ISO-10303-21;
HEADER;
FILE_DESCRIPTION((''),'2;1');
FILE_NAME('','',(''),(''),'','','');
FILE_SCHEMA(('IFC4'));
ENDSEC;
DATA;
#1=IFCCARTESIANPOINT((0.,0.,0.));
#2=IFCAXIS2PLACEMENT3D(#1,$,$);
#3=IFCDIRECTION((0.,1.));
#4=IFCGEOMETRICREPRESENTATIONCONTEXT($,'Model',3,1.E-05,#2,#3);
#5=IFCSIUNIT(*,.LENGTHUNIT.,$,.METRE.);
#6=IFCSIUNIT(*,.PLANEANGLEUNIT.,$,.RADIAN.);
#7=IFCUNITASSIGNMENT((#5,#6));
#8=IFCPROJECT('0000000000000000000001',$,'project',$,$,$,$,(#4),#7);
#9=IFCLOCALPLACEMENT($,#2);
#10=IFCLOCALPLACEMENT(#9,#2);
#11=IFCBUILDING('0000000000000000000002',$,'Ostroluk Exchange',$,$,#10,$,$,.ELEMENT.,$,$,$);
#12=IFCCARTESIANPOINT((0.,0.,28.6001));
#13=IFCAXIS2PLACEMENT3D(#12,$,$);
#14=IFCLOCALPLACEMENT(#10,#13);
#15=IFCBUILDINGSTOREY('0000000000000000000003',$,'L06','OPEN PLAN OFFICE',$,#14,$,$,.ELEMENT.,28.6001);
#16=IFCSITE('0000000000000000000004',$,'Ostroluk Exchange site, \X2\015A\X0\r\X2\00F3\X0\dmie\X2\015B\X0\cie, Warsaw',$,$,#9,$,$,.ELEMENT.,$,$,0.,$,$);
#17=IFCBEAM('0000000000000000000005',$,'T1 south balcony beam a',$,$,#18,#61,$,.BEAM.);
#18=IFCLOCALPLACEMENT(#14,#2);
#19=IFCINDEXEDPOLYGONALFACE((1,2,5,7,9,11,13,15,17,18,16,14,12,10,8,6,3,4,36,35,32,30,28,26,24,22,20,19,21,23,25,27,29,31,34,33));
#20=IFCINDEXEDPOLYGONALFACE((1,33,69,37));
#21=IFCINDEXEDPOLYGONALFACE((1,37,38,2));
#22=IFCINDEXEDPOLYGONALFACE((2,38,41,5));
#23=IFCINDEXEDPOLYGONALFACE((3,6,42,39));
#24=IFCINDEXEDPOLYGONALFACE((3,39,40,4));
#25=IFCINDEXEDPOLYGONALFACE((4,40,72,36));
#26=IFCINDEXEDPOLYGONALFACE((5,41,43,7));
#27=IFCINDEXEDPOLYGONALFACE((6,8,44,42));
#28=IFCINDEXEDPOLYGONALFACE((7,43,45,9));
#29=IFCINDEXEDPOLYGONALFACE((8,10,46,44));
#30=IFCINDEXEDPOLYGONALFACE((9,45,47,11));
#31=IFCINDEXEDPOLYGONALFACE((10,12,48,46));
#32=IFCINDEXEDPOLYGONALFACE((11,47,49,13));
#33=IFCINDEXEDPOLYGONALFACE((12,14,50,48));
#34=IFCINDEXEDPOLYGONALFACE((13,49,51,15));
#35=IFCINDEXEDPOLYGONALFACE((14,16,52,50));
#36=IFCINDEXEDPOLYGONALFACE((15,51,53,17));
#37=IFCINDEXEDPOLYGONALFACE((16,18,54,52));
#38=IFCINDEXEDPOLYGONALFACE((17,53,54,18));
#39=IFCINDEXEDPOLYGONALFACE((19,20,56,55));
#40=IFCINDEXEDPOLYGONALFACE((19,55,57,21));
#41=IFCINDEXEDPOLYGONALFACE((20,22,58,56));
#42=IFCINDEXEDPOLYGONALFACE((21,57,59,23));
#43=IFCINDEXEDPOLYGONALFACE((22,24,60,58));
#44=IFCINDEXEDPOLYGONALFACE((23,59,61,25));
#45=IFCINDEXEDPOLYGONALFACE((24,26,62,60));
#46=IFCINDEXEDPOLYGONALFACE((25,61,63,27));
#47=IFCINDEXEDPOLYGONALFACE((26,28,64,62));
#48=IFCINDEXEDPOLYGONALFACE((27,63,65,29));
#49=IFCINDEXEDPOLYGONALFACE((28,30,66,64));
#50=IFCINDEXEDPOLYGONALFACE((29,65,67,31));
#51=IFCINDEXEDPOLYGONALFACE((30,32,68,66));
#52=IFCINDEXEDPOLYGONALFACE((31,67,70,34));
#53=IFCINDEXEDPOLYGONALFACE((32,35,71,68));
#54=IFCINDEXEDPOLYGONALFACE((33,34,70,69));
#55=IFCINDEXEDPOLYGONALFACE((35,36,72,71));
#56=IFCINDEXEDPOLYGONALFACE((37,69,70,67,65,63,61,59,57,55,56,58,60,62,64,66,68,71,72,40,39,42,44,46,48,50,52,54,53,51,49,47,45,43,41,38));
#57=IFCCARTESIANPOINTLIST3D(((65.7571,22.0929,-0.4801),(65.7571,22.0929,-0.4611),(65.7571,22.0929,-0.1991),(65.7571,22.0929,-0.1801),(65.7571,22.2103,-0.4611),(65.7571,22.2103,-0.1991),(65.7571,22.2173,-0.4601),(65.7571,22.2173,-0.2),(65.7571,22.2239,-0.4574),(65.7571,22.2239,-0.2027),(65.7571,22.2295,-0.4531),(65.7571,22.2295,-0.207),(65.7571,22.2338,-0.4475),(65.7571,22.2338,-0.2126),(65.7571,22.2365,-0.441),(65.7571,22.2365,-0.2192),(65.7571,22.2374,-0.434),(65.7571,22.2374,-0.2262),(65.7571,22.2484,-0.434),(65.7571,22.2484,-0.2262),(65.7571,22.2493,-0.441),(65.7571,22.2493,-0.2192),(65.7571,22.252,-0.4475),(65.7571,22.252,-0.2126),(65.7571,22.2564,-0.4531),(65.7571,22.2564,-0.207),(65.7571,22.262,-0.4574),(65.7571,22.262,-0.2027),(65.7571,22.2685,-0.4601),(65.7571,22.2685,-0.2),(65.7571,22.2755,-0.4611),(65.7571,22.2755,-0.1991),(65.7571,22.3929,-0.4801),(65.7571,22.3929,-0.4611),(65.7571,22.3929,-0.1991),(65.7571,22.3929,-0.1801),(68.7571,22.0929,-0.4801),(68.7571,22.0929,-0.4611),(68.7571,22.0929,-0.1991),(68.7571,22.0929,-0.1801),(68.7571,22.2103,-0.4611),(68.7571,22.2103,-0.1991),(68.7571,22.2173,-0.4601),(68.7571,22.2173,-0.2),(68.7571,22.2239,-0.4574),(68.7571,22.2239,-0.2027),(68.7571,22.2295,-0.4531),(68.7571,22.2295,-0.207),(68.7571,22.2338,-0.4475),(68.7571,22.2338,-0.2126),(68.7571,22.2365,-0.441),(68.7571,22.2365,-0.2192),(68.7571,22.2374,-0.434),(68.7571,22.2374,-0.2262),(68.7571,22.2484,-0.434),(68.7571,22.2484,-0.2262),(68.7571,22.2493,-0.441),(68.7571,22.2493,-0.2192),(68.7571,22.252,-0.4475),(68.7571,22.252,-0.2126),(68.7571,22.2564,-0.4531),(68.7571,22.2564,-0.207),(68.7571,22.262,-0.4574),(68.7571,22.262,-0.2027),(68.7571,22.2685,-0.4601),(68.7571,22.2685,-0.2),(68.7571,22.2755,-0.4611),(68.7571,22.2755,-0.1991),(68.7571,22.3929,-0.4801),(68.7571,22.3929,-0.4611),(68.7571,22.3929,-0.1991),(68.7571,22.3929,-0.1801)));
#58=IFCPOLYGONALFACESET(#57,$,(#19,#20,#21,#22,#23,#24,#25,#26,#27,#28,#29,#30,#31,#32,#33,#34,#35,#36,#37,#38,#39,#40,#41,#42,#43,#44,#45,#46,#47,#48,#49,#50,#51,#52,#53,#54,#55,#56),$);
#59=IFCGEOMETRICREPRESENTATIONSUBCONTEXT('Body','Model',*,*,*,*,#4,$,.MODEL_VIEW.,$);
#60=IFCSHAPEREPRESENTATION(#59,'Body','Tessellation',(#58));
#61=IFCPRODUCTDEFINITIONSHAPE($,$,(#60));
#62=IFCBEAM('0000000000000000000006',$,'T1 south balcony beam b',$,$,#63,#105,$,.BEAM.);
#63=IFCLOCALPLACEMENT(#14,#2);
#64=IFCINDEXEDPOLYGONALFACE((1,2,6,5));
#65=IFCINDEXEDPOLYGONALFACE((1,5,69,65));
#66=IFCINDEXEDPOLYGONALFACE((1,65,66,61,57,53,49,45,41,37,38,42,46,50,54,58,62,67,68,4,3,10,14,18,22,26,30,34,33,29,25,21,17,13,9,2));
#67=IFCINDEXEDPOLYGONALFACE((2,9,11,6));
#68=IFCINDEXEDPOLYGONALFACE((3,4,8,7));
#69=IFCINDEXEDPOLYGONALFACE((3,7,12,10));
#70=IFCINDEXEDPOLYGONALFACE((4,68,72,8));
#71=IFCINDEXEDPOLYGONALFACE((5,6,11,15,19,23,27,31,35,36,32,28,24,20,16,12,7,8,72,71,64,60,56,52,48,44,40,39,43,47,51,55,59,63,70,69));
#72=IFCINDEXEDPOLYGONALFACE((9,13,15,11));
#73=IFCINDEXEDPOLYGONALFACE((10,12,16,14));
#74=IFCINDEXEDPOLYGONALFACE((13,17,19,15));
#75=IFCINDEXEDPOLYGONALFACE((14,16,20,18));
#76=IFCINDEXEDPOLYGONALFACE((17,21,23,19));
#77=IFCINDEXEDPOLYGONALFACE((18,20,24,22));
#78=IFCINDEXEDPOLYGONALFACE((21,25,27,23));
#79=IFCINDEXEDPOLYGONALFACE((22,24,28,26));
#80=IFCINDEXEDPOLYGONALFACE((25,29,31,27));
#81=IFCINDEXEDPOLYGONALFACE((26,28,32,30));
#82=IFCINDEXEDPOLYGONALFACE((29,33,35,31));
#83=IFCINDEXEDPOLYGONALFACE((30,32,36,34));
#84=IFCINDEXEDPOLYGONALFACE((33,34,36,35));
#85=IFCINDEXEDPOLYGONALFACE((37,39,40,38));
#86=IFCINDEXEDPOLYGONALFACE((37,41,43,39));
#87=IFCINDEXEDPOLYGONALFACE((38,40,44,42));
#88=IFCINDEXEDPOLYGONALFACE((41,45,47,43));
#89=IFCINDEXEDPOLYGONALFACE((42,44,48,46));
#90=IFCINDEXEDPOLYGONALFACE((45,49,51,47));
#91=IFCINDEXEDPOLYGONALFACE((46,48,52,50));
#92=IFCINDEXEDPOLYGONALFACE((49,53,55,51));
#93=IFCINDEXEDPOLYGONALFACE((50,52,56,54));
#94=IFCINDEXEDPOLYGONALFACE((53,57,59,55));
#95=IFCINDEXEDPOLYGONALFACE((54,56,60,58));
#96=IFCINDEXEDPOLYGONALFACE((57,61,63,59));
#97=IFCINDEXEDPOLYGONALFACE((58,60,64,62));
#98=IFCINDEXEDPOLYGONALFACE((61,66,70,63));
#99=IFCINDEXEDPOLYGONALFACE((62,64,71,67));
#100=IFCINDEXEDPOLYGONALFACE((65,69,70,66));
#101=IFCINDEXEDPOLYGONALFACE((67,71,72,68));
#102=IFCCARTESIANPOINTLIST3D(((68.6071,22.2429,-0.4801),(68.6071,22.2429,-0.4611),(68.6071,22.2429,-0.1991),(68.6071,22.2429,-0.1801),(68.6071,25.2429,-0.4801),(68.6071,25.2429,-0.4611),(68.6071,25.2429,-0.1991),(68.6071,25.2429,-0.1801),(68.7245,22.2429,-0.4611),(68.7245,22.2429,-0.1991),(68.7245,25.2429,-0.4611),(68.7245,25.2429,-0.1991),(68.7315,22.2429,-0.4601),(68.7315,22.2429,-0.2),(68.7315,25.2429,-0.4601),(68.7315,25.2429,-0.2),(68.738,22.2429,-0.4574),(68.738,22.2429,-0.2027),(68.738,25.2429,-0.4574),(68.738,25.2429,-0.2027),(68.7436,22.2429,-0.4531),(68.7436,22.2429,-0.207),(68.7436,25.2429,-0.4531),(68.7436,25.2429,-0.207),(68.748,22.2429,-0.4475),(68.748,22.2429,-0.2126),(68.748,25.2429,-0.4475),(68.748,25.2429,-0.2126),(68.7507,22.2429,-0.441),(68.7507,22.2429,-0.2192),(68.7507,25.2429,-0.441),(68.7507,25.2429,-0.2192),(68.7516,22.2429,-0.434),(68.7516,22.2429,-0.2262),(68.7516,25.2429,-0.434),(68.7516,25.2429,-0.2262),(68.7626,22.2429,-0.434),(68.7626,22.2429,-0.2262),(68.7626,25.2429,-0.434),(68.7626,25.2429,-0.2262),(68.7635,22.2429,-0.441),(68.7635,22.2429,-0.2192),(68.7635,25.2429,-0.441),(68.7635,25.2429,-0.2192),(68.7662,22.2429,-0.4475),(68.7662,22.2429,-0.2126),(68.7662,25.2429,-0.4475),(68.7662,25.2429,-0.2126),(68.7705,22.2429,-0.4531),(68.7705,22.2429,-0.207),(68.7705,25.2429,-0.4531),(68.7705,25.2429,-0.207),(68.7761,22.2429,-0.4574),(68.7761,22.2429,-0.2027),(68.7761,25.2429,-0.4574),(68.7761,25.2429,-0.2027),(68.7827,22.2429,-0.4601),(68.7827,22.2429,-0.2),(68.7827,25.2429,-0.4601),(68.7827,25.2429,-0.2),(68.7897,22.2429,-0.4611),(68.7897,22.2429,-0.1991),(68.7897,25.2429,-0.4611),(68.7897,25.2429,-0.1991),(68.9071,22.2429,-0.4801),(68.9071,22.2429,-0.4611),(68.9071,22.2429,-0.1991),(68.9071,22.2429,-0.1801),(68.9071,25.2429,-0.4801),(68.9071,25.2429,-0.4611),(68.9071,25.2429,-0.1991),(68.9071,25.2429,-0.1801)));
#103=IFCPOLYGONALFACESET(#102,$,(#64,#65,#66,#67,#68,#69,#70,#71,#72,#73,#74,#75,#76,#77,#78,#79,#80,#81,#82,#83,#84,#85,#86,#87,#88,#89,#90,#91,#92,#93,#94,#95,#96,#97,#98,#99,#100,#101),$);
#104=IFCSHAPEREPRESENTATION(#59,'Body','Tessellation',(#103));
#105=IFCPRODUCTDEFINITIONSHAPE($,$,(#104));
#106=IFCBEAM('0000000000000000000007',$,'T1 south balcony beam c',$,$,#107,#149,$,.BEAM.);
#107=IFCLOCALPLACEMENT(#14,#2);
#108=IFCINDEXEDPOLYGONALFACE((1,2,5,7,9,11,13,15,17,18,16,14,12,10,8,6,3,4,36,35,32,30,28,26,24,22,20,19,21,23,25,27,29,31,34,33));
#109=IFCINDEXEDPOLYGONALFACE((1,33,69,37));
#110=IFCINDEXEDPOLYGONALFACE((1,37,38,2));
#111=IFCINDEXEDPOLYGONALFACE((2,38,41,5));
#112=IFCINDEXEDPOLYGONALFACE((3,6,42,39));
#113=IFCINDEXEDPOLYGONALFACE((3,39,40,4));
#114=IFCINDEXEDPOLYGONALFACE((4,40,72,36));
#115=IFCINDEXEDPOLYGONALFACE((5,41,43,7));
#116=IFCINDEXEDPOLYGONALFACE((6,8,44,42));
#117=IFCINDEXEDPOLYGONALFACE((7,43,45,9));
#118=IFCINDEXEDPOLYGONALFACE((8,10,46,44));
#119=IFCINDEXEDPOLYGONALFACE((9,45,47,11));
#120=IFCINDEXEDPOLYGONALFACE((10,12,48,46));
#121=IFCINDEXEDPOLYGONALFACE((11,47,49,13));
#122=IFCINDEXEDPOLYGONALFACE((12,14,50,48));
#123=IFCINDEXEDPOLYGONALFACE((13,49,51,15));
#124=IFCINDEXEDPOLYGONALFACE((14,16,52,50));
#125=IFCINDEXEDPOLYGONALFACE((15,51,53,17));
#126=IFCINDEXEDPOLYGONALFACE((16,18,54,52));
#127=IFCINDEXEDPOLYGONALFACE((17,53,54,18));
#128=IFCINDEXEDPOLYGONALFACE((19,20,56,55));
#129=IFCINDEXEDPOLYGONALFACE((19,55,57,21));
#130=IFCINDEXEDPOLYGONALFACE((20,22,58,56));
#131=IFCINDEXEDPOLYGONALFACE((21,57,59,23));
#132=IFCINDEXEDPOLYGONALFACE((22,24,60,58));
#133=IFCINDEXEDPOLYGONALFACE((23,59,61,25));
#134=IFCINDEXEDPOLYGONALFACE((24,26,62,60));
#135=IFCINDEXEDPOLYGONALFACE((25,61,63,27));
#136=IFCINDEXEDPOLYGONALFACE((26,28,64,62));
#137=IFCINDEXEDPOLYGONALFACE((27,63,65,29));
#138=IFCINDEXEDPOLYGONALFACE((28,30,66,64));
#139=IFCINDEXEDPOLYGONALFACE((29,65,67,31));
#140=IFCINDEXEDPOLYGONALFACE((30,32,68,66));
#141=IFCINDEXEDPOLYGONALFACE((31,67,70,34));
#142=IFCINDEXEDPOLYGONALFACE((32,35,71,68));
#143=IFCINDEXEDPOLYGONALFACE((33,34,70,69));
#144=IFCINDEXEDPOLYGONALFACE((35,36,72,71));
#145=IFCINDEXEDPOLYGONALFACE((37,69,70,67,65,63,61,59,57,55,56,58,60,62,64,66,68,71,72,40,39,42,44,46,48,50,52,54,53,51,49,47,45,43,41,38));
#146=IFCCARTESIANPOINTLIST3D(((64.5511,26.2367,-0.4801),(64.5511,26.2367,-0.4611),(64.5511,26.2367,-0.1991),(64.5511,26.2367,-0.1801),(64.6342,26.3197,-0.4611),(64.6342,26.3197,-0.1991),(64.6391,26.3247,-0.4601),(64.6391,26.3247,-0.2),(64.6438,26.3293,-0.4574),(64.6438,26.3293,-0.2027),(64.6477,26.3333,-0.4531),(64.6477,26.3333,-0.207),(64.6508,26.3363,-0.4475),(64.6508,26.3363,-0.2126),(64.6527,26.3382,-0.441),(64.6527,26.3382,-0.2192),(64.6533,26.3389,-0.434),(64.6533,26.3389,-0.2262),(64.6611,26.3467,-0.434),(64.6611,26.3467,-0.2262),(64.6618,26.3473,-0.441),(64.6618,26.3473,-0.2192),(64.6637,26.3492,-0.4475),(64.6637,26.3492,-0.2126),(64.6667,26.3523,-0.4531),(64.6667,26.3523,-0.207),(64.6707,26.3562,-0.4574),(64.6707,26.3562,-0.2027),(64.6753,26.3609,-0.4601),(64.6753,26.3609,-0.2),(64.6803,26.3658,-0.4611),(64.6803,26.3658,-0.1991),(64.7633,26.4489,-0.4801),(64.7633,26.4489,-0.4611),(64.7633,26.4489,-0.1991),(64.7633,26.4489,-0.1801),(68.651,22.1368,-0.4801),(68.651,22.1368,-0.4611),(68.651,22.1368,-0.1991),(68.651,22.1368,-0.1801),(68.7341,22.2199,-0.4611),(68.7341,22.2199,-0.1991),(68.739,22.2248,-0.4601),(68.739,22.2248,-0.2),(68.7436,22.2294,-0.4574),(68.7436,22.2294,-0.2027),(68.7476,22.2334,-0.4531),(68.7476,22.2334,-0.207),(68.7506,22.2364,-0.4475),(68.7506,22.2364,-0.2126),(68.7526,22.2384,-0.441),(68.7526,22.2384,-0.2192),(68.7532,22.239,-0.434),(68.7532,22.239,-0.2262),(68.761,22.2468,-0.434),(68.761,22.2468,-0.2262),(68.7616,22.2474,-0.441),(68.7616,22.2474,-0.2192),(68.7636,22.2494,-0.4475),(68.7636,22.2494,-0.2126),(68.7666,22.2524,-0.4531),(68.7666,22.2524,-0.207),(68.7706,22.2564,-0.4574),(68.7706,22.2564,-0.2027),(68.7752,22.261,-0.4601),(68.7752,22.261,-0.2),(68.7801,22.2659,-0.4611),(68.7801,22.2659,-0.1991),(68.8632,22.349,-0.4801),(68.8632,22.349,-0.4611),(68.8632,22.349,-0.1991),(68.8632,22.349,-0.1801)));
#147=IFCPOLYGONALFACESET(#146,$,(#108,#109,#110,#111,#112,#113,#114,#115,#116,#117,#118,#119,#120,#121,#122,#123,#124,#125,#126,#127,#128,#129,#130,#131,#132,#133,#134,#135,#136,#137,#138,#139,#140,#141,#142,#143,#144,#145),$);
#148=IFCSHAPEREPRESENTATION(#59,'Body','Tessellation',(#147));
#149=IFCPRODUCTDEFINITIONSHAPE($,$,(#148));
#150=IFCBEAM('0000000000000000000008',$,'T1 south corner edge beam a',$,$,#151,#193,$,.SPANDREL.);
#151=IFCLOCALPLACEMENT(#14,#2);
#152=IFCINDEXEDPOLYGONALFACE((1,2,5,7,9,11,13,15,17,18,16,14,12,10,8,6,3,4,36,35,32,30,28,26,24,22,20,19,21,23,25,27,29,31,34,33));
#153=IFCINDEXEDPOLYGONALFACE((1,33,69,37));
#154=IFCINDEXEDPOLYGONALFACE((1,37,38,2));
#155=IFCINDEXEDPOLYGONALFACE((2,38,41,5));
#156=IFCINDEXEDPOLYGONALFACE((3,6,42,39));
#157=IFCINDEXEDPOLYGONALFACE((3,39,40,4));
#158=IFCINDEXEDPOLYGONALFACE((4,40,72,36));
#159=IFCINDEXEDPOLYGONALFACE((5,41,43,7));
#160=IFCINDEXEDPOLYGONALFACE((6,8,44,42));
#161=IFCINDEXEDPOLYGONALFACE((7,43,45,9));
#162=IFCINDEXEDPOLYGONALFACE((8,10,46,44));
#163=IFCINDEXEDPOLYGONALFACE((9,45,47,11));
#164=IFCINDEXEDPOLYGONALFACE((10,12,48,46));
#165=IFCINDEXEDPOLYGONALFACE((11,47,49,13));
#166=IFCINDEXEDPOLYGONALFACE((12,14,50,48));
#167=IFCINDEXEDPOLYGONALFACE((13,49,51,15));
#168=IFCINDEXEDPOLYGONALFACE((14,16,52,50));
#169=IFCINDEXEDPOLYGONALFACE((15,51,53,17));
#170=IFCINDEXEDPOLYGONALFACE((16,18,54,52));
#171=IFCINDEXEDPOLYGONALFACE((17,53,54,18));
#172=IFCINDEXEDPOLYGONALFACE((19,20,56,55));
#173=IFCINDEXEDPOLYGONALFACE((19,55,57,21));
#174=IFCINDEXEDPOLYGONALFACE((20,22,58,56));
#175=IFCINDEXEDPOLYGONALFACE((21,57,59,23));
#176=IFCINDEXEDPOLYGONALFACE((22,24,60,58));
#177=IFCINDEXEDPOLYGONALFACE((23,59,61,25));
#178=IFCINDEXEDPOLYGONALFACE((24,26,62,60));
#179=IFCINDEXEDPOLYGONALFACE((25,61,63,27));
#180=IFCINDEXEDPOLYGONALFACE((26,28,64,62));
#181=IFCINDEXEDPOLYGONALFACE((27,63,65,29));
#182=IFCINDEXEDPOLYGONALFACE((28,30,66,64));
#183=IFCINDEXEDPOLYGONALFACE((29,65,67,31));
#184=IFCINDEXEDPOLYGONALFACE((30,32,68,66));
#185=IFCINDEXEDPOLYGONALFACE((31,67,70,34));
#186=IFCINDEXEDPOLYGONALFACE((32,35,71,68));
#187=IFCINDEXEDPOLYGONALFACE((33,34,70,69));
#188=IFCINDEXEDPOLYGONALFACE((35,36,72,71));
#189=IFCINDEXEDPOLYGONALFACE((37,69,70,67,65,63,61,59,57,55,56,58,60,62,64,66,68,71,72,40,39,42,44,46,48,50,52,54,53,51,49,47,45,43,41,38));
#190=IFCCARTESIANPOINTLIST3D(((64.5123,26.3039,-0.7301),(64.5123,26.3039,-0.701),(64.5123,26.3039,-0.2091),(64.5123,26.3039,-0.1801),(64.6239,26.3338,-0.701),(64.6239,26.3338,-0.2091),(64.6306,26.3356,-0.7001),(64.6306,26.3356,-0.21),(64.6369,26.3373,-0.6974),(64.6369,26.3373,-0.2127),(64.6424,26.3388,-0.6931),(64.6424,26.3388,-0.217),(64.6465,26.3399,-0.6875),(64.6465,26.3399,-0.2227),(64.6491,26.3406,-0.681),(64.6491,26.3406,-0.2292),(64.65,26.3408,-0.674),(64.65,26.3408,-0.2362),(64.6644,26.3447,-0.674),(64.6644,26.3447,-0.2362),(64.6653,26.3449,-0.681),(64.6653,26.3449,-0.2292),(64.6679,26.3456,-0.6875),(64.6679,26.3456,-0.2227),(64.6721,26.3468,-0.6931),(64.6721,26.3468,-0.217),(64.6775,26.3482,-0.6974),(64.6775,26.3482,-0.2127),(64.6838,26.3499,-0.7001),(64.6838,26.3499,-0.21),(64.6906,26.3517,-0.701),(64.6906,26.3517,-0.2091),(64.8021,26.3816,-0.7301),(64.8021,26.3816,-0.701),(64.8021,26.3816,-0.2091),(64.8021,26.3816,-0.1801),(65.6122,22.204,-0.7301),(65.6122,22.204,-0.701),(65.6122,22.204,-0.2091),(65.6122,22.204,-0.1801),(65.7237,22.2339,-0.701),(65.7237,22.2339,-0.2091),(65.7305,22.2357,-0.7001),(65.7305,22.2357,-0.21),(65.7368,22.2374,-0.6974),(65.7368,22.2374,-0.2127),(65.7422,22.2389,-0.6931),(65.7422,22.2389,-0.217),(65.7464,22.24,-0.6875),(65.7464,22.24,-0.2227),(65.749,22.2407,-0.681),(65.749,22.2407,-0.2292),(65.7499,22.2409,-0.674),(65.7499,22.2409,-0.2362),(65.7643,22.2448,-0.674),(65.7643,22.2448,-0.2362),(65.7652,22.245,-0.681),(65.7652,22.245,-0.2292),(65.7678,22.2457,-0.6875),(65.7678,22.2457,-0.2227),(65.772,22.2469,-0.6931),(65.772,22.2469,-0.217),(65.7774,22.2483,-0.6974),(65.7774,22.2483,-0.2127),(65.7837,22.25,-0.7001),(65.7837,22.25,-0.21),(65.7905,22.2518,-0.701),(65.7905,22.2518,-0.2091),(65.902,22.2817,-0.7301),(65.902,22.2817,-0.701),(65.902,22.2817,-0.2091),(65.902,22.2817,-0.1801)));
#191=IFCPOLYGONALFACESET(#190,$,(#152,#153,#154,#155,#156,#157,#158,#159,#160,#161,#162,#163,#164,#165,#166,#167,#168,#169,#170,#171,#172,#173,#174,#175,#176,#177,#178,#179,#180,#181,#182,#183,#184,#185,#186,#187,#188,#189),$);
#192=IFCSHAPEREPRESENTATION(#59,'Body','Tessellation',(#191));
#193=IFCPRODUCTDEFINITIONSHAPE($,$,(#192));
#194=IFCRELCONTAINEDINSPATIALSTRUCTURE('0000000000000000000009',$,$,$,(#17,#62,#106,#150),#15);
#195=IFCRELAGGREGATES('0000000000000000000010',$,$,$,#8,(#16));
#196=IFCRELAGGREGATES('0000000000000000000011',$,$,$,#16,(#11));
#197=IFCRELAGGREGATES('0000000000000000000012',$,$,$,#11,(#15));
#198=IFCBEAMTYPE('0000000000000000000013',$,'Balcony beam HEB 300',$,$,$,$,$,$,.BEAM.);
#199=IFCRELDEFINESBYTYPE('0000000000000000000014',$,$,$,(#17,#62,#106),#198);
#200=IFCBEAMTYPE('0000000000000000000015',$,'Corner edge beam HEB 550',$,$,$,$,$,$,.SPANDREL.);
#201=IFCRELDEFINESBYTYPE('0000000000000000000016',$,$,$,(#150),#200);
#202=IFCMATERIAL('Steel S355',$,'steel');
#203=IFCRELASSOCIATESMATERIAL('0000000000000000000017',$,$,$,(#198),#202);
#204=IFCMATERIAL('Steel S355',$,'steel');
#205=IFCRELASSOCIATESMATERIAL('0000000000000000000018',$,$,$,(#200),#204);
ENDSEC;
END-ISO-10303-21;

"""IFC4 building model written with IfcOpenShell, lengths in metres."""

from ifc_helpers import new_model, si_unit, direction, frame, origin, origin_2d, place, context, subcontext, project, spatial, i_section, extrude, material, material_profile, profile_set, type_object, element, save


model = new_model("IFC4")

# Units and contexts
model_context = context("Model", 3, precision=1e-05, world=origin(), true_north=direction((0.0, 1.0)))
body_context = subcontext(model_context, "Body", "Model", "MODEL_VIEW")
ifc_project = project(units=[si_unit("LENGTHUNIT", "METRE"), si_unit("PLANEANGLEUNIT", "RADIAN")], contexts=[model_context])

# Site, building, storey
site_placement = place(None, origin())
site = spatial("IfcSite", under=ifc_project, at=site_placement, Name="Ostroluk Exchange site, Śródmieście, Warsaw", CompositionType="ELEMENT", RefElevation=0.0)
building_placement = place(site_placement, origin())
building = spatial("IfcBuilding", under=site, at=building_placement, Name="Ostroluk Exchange", CompositionType="ELEMENT")
storey_placement = place(building_placement, frame((0.0, 0.0, 28.6001)))
storey = spatial("IfcBuildingStorey", under=building, at=storey_placement, Name="L06", Description="OPEN PLAN OFFICE", CompositionType="ELEMENT", Elevation=28.6001)

# Beams
ifc_material_1 = material(Name="Steel S355", Category="steel")
ifc_material_profile_1 = material_profile(ifc_material_1, i_section(OverallWidth=0.3, OverallDepth=0.3, WebThickness=0.011, FlangeThickness=0.019, FilletRadius=0.0271, at=origin_2d()), Name="HEB 300")
ifc_profile_set_1 = profile_set([ifc_material_profile_1], Name="Steel S355")
beam_type_1 = type_object("IfcBeamType", Name="Balcony beam HEB 300", PredefinedType="BEAM", material=ifc_profile_set_1)
for number, where, z_axis, x_axis, name in (
    (1, (65.7571, 22.2429, -0.3301), (1.0, 0.0, 0.0), (0.0, 1.0, 0.0), "T1 south balcony beam a"),
    (2, (68.7571, 25.2429, -0.3301), (0.0, -1.0, 0.0), (1.0, 0.0, 0.0), "T1 south balcony beam b"),
):
    element("IfcBeam", number, at=place(storey_placement, frame(where, z_axis=z_axis, x_axis=x_axis)), inside=storey, type_object=beam_type_1, Name=name, PredefinedType="BEAM", context=body_context, shape_type="SweptSolid", body=[
        extrude(i_section(OverallWidth=0.3, OverallDepth=0.3, WebThickness=0.011, FlangeThickness=0.019, FilletRadius=0.0271, at=origin_2d()), origin(), (0.0, 0.0, 1.0), 3.0),
    ])
beam_1_placement = place(storey_placement, frame((64.6572, 26.3428, -0.3301), z_axis=(0.707107, -0.707107, 0.0), x_axis=(0.707107, 0.707107, 0.0)))
element("IfcBeam", 3, at=beam_1_placement, inside=storey, type_object=beam_type_1, Name="T1 south balcony beam c", PredefinedType="BEAM", context=body_context, shape_type="SweptSolid", body=[
    extrude(i_section(OverallWidth=0.3, OverallDepth=0.3, WebThickness=0.011, FlangeThickness=0.019, FilletRadius=0.0271, at=origin_2d()), origin(), (0.0, 0.0, 1.0), 5.7981),
])
ifc_material_2 = material(Name="Steel S355", Category="steel")
ifc_material_profile_2 = material_profile(ifc_material_2, i_section(OverallWidth=0.3, OverallDepth=0.55, WebThickness=0.0149, FlangeThickness=0.0291, FilletRadius=0.0271, at=origin_2d()), Name="HEB 550")
ifc_profile_set_2 = profile_set([ifc_material_profile_2], Name="Steel S355")
beam_type_2 = type_object("IfcBeamType", Name="Corner edge beam HEB 550", PredefinedType="SPANDREL", material=ifc_profile_set_2)
for number, where, z_axis, x_axis, name in (
    (4, (64.6572, 26.3428, -0.4551), (0.259105, -0.965849, 0.0), (0.965849, 0.259105, 0.0), "T1 south corner edge beam a"),
):
    element("IfcBeam", number, at=place(storey_placement, frame(where, z_axis=z_axis, x_axis=x_axis)), inside=storey, type_object=beam_type_2, Name=name, PredefinedType="SPANDREL", context=body_context, shape_type="SweptSolid", body=[
        extrude(i_section(OverallWidth=0.3, OverallDepth=0.55, WebThickness=0.0149, FlangeThickness=0.0291, FilletRadius=0.0271, at=origin_2d()), origin(), (0.0, 0.0, 1.0), 4.2449),
    ])

save(model, "model.ifc")
